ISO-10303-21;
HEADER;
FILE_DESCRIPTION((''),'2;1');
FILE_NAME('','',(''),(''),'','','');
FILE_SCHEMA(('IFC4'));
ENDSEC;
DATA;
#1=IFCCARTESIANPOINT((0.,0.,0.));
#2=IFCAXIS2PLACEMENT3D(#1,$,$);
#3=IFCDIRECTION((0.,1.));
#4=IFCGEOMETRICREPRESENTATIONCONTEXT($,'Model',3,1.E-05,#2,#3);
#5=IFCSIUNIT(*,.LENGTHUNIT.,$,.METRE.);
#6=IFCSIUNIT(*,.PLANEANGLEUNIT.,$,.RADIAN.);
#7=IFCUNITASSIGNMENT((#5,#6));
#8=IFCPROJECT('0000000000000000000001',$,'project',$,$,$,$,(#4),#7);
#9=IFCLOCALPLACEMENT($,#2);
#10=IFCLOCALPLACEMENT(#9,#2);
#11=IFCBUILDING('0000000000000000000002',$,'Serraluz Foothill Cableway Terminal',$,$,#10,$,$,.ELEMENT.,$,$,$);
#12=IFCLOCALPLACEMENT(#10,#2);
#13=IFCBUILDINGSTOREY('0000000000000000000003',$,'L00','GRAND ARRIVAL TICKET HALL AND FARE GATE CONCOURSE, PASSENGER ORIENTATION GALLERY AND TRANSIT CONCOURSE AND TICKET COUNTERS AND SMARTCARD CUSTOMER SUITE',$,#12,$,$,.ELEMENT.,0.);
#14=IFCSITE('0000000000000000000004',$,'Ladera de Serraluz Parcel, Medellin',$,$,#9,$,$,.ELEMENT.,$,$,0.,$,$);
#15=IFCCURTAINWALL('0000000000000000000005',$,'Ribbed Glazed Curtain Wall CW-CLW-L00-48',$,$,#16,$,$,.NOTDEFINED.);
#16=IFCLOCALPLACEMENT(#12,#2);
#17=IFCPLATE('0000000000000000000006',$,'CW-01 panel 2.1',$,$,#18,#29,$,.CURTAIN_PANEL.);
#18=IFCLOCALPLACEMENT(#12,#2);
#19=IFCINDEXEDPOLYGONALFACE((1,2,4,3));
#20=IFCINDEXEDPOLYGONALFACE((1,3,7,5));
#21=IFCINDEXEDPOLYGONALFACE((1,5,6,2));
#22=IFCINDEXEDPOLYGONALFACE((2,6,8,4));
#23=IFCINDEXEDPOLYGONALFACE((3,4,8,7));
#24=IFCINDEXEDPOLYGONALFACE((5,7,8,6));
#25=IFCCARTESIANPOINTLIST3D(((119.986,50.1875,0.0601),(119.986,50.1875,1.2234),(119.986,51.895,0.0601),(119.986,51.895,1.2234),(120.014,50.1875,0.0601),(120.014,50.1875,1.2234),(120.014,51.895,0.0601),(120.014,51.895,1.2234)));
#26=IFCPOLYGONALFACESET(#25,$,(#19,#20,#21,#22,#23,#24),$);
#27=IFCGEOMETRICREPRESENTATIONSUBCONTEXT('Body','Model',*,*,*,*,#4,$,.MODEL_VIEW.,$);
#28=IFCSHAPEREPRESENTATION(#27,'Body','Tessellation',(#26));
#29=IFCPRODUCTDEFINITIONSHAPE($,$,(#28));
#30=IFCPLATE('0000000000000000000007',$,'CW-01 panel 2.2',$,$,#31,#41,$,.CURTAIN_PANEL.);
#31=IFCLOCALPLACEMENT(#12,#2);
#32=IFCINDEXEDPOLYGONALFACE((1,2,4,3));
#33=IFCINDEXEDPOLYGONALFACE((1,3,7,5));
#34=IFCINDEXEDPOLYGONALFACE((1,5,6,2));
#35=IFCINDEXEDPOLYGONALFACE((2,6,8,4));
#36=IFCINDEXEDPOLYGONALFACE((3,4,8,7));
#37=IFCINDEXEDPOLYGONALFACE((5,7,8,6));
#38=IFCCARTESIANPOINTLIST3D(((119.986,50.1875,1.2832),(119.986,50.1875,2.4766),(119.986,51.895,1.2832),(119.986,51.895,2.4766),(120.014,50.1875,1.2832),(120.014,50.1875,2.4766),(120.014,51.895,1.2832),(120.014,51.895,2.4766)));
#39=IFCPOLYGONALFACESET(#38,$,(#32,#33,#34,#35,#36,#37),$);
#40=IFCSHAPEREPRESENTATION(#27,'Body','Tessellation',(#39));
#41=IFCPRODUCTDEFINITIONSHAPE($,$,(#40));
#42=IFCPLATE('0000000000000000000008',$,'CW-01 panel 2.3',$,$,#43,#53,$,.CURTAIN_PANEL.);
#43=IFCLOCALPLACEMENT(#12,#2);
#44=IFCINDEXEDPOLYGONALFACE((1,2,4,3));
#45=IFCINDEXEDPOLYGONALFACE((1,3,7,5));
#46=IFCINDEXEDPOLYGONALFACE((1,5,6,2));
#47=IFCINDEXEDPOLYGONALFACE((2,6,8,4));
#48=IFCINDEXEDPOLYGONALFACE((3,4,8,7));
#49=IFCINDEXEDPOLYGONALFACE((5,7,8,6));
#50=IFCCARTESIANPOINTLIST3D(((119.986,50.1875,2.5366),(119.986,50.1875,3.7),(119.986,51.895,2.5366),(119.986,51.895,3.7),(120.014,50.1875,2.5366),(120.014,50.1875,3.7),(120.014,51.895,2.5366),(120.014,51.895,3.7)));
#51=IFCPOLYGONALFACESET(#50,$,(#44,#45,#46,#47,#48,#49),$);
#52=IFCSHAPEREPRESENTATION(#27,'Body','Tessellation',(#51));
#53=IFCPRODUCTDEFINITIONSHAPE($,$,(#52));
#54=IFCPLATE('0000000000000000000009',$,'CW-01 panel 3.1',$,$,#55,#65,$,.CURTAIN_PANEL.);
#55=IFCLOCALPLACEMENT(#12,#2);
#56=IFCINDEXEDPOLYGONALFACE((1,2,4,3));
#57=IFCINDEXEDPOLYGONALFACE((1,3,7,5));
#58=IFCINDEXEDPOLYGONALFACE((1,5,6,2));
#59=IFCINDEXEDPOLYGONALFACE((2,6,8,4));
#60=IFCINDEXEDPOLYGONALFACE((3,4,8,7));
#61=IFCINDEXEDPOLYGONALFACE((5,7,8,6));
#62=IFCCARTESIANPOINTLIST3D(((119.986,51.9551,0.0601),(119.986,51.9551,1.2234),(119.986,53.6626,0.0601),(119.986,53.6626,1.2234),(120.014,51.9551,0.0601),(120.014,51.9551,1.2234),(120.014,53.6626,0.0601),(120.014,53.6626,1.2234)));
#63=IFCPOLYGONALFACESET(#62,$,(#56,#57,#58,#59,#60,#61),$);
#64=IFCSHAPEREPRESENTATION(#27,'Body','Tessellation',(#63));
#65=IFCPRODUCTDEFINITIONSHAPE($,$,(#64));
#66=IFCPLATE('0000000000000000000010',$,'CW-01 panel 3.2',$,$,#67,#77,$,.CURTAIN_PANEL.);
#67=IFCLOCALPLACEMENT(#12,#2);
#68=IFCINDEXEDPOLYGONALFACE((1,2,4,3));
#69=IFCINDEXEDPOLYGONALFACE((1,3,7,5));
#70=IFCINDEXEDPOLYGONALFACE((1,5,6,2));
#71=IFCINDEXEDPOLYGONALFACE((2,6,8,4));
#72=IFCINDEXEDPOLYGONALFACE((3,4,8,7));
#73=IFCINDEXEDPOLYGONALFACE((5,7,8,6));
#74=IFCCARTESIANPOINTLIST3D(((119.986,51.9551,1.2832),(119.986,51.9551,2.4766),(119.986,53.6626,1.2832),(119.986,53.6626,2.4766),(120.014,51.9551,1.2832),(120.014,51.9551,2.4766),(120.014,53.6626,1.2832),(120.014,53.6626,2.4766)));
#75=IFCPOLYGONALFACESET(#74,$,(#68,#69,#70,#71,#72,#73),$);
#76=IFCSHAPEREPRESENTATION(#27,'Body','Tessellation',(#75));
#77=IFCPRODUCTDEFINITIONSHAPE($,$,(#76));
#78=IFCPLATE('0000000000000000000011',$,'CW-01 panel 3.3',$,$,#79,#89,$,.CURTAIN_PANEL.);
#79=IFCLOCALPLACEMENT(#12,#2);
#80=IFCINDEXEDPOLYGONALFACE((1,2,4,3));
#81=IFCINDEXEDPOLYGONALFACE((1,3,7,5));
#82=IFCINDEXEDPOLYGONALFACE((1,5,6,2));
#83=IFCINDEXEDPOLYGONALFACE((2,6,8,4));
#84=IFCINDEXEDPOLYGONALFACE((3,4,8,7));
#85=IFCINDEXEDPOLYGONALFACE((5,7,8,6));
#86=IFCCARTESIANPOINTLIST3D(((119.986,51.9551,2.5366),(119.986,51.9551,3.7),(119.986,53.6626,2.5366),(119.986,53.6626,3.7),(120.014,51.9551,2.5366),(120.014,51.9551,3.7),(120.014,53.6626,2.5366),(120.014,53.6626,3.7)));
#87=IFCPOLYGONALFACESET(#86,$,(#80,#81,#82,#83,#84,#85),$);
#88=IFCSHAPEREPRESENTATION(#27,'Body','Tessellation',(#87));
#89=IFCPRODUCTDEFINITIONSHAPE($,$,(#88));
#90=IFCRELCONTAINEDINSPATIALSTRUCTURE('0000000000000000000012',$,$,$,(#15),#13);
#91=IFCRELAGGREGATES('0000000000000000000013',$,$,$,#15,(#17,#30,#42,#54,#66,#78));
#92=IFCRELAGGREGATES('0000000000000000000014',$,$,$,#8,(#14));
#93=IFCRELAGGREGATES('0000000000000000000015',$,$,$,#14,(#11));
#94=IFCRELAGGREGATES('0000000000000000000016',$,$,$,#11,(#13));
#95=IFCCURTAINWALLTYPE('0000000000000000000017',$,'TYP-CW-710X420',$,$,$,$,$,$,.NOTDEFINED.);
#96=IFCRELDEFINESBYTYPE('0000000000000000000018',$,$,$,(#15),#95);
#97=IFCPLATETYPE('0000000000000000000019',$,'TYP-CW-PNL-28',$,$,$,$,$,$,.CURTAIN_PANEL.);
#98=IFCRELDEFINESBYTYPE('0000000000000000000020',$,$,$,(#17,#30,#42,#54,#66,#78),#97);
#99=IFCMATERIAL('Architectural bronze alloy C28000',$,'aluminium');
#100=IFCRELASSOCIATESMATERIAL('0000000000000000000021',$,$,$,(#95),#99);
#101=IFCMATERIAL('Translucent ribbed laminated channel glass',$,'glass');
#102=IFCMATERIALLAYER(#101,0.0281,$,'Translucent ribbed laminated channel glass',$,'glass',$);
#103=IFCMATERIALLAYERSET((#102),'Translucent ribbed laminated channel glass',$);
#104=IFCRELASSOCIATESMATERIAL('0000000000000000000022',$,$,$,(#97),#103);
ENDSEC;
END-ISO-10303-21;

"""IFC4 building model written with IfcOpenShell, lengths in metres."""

from ifc_helpers import new_model, si_unit, direction, frame, origin, origin_2d, place, context, subcontext, project, spatial, rectangle, extrude, material, layer, layer_set, type_object, element, aggregate, save


model = new_model("IFC4")

# Units and contexts
model_context = context("Model", 3, precision=1e-05, world=origin(), true_north=direction((0.0, 1.0)))
body_context = subcontext(model_context, "Body", "Model", "MODEL_VIEW")
ifc_project = project(units=[si_unit("LENGTHUNIT", "METRE"), si_unit("PLANEANGLEUNIT", "RADIAN")], contexts=[model_context])

# Site, building, storey
site_placement = place(None, origin())
site = spatial("IfcSite", under=ifc_project, at=site_placement, Name="Ladera de Serraluz Parcel, Medellin", CompositionType="ELEMENT", RefElevation=0.0)
building_placement = place(site_placement, origin())
building = spatial("IfcBuilding", under=site, at=building_placement, Name="Serraluz Foothill Cableway Terminal", CompositionType="ELEMENT")
storey_placement = place(building_placement, origin())
storey = spatial("IfcBuildingStorey", under=building, at=storey_placement, Name="L00", Description="GRAND ARRIVAL TICKET HALL AND FARE GATE CONCOURSE, PASSENGER ORIENTATION GALLERY AND TRANSIT CONCOURSE AND TICKET COUNTERS AND SMARTCARD CUSTOMER SUITE", CompositionType="ELEMENT", Elevation=0.0)

# Curtain wall
ifc_material_1 = material(Name="Architectural bronze alloy C28000", Category="aluminium")
curtain_wall_type = type_object("IfcCurtainWallType", Name="TYP-CW-710X420", PredefinedType="NOTDEFINED", material=ifc_material_1)
curtain_wall_placement = place(storey_placement, origin())
curtain_wall = element("IfcCurtainWall", 1, at=curtain_wall_placement, inside=storey, type_object=curtain_wall_type, Name="Ribbed Glazed Curtain Wall CW-CLW-L00-48", PredefinedType="NOTDEFINED")

# Plates
ifc_material_2 = material(Name="Translucent ribbed laminated channel glass", Category="glass")
ifc_layer = layer(ifc_material_2, 0.0281, Name="Translucent ribbed laminated channel glass", Category="glass")
ifc_layer_set = layer_set([ifc_layer], Name="Translucent ribbed laminated channel glass")
plate_type = type_object("IfcPlateType", Name="TYP-CW-PNL-28", PredefinedType="CURTAIN_PANEL", material=ifc_layer_set)
plate_1_placement = place(storey_placement, frame((120.0, 51.0413, 0.0601), z_axis=(0.0, 0.0, 1.0), x_axis=(0.0, 1.0, 0.0)))
plate_1 = element("IfcPlate", 2, at=plate_1_placement, type_object=plate_type, Name="CW-01 panel 2.1", PredefinedType="CURTAIN_PANEL", context=body_context, shape_type="SweptSolid", body=[
    extrude(rectangle(XDim=1.7075, YDim=0.0281, at=origin_2d()), origin(), (0.0, 0.0, 1.0), 1.1633),
])
plate_2_placement = place(storey_placement, frame((120.0, 51.0413, 1.2832), z_axis=(0.0, 0.0, 1.0), x_axis=(0.0, 1.0, 0.0)))
plate_2 = element("IfcPlate", 3, at=plate_2_placement, type_object=plate_type, Name="CW-01 panel 2.2", PredefinedType="CURTAIN_PANEL", context=body_context, shape_type="SweptSolid", body=[
    extrude(rectangle(XDim=1.7075, YDim=0.0281, at=origin_2d()), origin(), (0.0, 0.0, 1.0), 1.1934),
])
plate_3_placement = place(storey_placement, frame((120.0, 51.0413, 2.5366), z_axis=(0.0, 0.0, 1.0), x_axis=(0.0, 1.0, 0.0)))
plate_3 = element("IfcPlate", 4, at=plate_3_placement, type_object=plate_type, Name="CW-01 panel 2.3", PredefinedType="CURTAIN_PANEL", context=body_context, shape_type="SweptSolid", body=[
    extrude(rectangle(XDim=1.7075, YDim=0.0281, at=origin_2d()), origin(), (0.0, 0.0, 1.0), 1.1633),
])
plate_4_placement = place(storey_placement, frame((120.0, 52.8088, 0.0601), z_axis=(0.0, 0.0, 1.0), x_axis=(0.0, 1.0, 0.0)))
plate_4 = element("IfcPlate", 5, at=plate_4_placement, type_object=plate_type, Name="CW-01 panel 3.1", PredefinedType="CURTAIN_PANEL", context=body_context, shape_type="SweptSolid", body=[
    extrude(rectangle(XDim=1.7075, YDim=0.0281, at=origin_2d()), origin(), (0.0, 0.0, 1.0), 1.1633),
])
plate_5_placement = place(storey_placement, frame((120.0, 52.8088, 1.2832), z_axis=(0.0, 0.0, 1.0), x_axis=(0.0, 1.0, 0.0)))
plate_5 = element("IfcPlate", 6, at=plate_5_placement, type_object=plate_type, Name="CW-01 panel 3.2", PredefinedType="CURTAIN_PANEL", context=body_context, shape_type="SweptSolid", body=[
    extrude(rectangle(XDim=1.7075, YDim=0.0281, at=origin_2d()), origin(), (0.0, 0.0, 1.0), 1.1934),
])
plate_6_placement = place(storey_placement, frame((120.0, 52.8088, 2.5366), z_axis=(0.0, 0.0, 1.0), x_axis=(0.0, 1.0, 0.0)))
plate_6 = element("IfcPlate", 7, at=plate_6_placement, type_object=plate_type, Name="CW-01 panel 3.3", PredefinedType="CURTAIN_PANEL", context=body_context, shape_type="SweptSolid", body=[
    extrude(rectangle(XDim=1.7075, YDim=0.0281, at=origin_2d()), origin(), (0.0, 0.0, 1.0), 1.1633),
])
aggregate(curtain_wall, [plate_1, plate_2, plate_3, plate_4, plate_5, plate_6])

save(model, "model.ifc")
